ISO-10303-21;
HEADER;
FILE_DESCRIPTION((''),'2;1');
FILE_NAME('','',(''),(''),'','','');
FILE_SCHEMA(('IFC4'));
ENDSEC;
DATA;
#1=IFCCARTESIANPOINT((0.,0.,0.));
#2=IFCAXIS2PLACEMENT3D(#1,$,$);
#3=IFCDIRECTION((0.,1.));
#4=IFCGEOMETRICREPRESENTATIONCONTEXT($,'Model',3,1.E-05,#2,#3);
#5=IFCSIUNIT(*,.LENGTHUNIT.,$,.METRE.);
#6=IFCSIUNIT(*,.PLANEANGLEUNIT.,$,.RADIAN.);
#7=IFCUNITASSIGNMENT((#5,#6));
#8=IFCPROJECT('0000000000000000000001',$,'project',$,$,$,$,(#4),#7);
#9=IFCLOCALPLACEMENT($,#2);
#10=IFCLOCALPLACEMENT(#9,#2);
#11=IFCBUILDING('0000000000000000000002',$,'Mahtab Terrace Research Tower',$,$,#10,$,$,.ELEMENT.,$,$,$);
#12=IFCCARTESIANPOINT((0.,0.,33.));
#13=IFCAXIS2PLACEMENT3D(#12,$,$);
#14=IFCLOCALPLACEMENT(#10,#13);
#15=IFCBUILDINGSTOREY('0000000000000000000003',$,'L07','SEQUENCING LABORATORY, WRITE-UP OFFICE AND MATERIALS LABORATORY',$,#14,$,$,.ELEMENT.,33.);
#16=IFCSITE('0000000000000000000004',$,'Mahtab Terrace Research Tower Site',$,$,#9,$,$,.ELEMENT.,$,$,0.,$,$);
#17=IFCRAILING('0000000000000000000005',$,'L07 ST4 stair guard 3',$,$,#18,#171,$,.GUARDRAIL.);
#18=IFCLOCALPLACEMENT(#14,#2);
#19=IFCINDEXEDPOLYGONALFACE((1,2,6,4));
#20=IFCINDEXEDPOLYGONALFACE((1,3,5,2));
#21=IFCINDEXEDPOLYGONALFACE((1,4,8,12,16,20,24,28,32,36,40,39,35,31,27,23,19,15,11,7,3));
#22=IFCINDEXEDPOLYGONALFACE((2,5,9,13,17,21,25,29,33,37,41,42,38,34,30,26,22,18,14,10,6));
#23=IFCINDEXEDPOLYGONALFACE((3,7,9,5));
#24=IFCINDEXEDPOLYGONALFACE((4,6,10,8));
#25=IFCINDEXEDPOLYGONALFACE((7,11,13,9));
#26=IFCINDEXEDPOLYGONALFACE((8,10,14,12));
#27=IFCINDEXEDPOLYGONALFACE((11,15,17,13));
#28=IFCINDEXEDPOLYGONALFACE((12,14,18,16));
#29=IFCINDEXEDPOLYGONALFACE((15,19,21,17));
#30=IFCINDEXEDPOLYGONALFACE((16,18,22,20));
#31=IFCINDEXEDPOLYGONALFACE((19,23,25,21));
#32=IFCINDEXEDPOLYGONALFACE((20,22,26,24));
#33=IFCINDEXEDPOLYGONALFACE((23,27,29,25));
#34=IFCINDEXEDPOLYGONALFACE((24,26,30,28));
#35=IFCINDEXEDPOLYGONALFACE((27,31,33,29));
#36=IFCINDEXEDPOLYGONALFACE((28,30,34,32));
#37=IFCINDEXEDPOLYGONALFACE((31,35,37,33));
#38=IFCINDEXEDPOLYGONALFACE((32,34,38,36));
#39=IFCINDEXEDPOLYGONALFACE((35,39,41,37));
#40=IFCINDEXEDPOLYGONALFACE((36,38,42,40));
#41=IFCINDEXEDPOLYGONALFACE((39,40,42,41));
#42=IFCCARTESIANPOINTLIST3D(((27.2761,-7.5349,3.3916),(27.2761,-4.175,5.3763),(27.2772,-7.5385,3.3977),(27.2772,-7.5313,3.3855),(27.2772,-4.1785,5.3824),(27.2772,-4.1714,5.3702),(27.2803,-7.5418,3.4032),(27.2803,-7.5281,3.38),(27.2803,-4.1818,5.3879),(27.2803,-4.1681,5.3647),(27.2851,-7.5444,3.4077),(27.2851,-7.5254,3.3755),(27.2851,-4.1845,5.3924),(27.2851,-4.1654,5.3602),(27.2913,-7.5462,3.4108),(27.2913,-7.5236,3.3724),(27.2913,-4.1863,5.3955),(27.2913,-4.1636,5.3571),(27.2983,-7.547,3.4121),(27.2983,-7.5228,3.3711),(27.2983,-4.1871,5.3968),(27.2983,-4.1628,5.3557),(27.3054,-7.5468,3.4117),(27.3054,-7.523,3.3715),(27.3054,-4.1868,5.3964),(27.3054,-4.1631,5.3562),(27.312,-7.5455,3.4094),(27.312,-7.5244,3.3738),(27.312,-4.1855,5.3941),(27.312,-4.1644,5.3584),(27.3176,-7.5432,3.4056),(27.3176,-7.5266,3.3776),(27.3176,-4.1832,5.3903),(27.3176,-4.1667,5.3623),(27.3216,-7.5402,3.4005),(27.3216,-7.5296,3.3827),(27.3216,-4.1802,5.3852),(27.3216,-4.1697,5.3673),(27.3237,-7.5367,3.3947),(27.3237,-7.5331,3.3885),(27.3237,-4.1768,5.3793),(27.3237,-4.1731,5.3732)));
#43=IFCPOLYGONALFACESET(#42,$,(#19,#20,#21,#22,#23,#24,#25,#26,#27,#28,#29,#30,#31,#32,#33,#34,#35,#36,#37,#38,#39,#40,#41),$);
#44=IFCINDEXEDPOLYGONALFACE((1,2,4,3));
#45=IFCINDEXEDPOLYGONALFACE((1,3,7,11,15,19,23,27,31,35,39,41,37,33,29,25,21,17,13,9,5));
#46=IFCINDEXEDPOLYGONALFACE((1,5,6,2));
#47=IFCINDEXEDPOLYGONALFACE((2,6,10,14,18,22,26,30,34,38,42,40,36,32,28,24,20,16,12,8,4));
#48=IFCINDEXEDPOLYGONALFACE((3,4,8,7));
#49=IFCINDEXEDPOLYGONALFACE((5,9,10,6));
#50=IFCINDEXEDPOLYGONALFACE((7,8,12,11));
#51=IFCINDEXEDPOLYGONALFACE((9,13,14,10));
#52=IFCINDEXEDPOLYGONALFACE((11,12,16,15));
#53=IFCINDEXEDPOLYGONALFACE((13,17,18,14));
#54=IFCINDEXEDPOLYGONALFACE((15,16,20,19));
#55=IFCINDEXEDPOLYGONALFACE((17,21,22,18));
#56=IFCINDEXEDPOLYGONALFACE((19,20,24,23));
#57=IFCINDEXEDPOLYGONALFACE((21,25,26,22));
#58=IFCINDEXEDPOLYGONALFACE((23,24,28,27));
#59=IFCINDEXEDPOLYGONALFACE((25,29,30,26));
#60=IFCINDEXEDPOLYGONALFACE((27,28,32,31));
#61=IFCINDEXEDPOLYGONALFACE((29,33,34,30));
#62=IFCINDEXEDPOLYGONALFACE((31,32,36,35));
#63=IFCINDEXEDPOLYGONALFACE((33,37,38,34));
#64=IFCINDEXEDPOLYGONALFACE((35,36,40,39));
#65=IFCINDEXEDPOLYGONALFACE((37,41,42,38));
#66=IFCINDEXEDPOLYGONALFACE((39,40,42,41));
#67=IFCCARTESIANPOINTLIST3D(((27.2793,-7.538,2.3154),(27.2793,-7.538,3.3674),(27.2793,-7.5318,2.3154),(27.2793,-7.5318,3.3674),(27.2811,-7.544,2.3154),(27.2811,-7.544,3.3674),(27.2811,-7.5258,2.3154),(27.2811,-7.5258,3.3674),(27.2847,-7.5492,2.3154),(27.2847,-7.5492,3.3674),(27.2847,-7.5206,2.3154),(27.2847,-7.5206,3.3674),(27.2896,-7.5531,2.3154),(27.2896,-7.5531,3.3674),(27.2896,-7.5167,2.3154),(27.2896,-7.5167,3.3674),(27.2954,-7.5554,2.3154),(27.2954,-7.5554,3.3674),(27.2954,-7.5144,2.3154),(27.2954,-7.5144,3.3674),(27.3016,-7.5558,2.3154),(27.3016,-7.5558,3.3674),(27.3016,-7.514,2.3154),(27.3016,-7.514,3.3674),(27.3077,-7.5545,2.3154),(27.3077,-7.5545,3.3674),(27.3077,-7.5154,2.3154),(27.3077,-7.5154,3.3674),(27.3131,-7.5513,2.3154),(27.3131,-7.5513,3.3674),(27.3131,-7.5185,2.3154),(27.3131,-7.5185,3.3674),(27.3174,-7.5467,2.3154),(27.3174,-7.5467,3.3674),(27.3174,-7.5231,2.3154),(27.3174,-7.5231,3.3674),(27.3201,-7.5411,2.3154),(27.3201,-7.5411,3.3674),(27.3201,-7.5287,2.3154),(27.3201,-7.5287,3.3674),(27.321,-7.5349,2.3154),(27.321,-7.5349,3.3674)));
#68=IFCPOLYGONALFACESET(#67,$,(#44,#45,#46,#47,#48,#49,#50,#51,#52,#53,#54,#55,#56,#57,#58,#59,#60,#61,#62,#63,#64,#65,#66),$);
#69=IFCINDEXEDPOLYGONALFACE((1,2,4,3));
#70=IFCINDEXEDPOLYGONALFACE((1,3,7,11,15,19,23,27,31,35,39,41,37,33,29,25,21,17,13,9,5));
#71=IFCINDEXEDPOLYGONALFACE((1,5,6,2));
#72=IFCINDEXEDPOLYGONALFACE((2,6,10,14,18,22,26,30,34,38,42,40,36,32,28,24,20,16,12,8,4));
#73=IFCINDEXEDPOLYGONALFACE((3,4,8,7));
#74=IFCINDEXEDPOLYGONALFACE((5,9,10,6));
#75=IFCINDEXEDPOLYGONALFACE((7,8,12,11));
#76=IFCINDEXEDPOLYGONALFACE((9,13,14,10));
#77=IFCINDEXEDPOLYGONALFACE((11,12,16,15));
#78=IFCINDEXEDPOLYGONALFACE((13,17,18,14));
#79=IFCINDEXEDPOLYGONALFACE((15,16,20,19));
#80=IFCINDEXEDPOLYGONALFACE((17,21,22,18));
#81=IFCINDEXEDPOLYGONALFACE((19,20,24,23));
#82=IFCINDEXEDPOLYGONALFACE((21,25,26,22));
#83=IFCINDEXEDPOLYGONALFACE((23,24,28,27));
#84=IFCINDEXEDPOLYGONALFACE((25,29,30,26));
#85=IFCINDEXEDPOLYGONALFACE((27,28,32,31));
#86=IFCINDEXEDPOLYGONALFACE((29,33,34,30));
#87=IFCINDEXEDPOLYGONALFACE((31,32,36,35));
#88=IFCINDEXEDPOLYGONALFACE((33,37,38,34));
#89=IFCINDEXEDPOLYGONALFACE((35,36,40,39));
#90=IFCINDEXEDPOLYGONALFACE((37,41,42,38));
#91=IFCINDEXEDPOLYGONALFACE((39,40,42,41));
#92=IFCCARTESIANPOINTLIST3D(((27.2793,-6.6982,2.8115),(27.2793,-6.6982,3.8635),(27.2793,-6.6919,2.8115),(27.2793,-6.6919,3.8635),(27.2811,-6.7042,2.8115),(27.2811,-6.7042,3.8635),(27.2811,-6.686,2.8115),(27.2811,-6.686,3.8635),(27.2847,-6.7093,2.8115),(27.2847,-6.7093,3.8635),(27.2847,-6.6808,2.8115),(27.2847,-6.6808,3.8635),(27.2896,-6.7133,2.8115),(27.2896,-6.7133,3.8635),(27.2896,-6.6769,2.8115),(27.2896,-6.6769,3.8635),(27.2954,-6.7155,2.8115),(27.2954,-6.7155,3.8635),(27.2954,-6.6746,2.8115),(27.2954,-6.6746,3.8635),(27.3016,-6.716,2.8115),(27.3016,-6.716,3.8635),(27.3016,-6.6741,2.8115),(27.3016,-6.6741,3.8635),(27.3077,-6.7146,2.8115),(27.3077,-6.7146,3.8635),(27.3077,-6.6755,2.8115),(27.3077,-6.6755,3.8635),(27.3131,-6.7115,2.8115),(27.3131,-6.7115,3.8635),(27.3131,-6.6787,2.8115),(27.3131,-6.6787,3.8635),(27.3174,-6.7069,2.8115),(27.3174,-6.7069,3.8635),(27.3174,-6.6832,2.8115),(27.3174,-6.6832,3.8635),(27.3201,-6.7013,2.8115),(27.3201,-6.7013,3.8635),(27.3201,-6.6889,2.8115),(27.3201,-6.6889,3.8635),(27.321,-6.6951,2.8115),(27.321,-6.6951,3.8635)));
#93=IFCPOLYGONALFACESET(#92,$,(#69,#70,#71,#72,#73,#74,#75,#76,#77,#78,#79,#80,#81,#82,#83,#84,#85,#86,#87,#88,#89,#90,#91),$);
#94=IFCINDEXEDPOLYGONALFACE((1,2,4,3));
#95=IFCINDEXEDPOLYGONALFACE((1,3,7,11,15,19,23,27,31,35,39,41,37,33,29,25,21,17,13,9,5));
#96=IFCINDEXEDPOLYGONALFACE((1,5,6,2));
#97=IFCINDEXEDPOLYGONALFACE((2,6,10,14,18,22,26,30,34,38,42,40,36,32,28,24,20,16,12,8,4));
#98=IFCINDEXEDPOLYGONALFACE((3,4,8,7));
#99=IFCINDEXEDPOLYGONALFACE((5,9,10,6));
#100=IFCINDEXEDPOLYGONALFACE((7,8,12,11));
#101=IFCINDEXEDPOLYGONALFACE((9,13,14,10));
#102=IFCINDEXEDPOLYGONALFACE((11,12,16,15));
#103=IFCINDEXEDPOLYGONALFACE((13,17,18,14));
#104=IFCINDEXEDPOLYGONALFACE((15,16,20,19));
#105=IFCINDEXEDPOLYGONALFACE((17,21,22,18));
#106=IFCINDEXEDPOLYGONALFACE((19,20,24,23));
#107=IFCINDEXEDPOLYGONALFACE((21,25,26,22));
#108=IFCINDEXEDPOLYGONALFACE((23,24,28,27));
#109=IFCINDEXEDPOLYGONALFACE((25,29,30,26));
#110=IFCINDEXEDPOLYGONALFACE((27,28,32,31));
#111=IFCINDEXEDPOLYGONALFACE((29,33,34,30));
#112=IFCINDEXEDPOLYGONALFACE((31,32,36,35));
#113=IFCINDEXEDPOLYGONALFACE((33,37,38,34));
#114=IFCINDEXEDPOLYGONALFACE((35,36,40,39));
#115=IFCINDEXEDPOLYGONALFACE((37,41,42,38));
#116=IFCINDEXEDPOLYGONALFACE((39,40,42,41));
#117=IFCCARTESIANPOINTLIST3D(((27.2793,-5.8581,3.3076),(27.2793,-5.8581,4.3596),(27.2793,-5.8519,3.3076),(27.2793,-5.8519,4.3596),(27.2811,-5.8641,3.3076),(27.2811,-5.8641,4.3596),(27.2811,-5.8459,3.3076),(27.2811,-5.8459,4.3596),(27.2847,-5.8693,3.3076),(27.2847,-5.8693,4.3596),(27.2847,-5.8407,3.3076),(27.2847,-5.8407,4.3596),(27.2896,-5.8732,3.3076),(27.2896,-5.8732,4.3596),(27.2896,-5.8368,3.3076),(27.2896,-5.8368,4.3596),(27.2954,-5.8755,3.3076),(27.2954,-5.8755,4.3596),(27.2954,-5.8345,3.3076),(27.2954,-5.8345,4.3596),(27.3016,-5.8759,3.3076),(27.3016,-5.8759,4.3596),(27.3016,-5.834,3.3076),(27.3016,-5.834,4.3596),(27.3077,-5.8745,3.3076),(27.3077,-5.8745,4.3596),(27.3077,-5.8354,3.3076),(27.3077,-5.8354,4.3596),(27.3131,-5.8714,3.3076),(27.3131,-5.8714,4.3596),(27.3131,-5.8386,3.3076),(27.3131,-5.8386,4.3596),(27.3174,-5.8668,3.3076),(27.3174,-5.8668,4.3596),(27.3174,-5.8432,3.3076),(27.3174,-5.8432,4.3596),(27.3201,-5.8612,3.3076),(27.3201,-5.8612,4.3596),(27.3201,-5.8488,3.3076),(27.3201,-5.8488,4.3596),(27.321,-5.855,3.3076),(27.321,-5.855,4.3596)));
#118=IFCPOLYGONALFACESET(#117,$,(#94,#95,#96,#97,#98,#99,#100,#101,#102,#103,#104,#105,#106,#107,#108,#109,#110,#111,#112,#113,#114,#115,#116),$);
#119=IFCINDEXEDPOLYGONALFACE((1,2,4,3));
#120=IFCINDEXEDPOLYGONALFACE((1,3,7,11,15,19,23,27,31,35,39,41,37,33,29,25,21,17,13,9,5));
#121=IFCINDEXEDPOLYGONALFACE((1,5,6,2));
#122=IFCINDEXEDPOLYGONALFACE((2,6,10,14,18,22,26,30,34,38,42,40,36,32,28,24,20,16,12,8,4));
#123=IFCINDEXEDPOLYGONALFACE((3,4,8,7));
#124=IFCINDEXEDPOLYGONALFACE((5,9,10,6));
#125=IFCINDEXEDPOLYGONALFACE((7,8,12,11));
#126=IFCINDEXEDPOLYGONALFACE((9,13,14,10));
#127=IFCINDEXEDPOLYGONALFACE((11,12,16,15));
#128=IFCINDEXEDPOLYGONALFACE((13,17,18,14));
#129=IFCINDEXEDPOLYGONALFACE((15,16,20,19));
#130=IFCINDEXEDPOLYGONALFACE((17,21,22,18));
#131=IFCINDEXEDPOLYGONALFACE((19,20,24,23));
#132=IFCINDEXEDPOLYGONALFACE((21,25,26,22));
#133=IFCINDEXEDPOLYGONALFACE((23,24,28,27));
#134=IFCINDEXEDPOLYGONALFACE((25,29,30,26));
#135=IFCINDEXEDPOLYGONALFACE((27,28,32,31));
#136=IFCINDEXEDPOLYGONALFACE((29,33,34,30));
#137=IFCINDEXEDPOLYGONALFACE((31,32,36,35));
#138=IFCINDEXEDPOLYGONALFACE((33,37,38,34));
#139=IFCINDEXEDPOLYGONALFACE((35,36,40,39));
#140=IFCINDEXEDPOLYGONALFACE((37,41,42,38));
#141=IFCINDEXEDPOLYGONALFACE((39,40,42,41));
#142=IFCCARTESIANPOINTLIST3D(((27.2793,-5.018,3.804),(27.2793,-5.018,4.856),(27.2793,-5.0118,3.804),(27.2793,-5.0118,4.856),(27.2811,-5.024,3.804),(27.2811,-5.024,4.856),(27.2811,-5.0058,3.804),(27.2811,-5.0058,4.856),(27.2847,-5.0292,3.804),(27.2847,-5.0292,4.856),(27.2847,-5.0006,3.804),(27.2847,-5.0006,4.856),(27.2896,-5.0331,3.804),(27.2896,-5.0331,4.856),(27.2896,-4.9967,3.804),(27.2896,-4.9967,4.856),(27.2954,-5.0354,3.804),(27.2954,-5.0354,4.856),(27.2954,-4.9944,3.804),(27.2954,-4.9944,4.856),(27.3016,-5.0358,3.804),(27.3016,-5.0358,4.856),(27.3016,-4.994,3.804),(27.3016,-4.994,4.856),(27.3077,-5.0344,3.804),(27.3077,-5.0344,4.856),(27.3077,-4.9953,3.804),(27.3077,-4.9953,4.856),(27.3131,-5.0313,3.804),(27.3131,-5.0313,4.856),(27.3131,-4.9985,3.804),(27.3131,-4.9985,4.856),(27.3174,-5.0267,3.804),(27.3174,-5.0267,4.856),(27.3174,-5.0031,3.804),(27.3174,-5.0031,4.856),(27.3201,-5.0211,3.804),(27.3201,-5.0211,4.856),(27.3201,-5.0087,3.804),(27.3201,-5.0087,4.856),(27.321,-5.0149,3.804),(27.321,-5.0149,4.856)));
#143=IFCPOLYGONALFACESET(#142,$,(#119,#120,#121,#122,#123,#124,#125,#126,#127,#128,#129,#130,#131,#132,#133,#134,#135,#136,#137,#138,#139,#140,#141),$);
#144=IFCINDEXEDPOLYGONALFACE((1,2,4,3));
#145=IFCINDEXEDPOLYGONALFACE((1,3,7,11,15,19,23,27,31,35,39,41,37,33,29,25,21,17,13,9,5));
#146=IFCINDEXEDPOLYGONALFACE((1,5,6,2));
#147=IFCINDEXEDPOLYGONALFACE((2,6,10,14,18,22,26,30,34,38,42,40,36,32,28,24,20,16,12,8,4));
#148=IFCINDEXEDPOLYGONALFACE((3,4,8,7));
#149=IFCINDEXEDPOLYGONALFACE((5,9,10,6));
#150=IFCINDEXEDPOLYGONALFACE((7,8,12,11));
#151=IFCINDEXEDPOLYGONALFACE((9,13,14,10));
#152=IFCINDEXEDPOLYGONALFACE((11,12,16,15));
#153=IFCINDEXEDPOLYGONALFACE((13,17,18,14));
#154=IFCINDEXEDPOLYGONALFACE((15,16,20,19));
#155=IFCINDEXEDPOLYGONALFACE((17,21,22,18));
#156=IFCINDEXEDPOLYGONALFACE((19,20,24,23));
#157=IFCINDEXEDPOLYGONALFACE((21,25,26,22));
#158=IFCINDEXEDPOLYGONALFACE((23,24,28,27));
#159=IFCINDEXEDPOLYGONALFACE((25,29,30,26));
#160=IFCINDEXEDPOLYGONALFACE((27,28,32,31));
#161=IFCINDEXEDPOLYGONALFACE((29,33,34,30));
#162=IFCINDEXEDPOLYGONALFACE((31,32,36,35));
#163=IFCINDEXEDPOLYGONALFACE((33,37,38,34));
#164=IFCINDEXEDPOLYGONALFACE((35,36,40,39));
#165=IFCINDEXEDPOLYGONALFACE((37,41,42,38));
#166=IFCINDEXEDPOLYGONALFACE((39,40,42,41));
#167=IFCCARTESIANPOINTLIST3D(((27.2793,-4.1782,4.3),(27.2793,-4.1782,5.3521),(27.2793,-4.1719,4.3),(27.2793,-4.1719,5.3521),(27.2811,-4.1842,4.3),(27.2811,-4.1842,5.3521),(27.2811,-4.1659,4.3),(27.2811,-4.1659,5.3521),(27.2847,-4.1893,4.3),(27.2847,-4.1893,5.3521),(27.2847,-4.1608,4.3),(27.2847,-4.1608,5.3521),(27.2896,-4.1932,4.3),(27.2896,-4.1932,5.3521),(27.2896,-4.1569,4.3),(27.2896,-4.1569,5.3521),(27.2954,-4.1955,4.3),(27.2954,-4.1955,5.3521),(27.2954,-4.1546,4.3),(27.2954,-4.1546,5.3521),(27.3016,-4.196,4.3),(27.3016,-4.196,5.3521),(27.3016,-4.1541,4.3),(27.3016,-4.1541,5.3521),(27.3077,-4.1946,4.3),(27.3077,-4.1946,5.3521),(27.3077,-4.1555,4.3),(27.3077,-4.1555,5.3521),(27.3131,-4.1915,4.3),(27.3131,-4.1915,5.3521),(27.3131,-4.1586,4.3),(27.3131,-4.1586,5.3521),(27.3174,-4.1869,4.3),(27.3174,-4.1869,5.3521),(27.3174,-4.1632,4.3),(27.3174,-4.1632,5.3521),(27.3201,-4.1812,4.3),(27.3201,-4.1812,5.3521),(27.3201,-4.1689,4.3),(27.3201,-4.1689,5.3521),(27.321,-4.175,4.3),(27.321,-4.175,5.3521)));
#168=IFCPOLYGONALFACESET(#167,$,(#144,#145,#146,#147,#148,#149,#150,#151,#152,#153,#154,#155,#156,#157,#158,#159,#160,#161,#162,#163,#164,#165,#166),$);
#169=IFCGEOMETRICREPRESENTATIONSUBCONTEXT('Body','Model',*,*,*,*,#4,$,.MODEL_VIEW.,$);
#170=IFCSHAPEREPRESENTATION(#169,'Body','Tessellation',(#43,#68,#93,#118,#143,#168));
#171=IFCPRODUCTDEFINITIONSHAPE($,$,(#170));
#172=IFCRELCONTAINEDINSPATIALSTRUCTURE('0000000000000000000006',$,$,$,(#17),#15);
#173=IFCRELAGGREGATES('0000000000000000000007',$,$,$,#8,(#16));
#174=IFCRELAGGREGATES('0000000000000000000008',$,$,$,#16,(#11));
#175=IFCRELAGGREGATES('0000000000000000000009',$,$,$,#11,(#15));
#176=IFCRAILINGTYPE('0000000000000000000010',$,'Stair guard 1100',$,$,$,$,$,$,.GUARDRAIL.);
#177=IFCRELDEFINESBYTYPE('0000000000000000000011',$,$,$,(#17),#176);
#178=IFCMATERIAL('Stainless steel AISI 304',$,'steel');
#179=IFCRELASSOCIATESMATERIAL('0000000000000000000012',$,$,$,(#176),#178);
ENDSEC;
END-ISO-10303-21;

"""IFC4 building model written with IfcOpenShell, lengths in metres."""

from ifc_helpers import new_model, si_unit, direction, frame, origin, origin_2d, place, context, subcontext, project, spatial, circle, extrude, material, type_object, element, save


model = new_model("IFC4")

# Units and contexts
model_context = context("Model", 3, precision=1e-05, world=origin(), true_north=direction((0.0, 1.0)))
body_context = subcontext(model_context, "Body", "Model", "MODEL_VIEW")
ifc_project = project(units=[si_unit("LENGTHUNIT", "METRE"), si_unit("PLANEANGLEUNIT", "RADIAN")], contexts=[model_context])

# Site, building, storey
site_placement = place(None, origin())
site = spatial("IfcSite", under=ifc_project, at=site_placement, Name="Mahtab Terrace Research Tower Site", CompositionType="ELEMENT", RefElevation=0.0)
building_placement = place(site_placement, origin())
building = spatial("IfcBuilding", under=site, at=building_placement, Name="Mahtab Terrace Research Tower", CompositionType="ELEMENT")
storey_placement = place(building_placement, frame((0.0, 0.0, 33.0)))
storey = spatial("IfcBuildingStorey", under=building, at=storey_placement, Name="L07", Description="SEQUENCING LABORATORY, WRITE-UP OFFICE AND MATERIALS LABORATORY", CompositionType="ELEMENT", Elevation=33.0)

# Shared definitions
ifc_material_1 = material(Name="Stainless steel AISI 304", Category="steel")

# Railing
railing_type_1 = type_object("IfcRailingType", Name="Stair guard 1100", PredefinedType="GUARDRAIL", material=ifc_material_1)
railing_1_placement = place(storey_placement, frame((27.3, -7.5349, 2.3154)))
element("IfcRailing", 1, at=railing_1_placement, inside=storey, type_object=railing_type_1, Name="L07 ST4 stair guard 3", PredefinedType="GUARDRAIL", context=body_context, shape_type="SweptSolid", body=[
    extrude(circle(Radius=0.0239, at=origin_2d()), frame((0.0, 0.0, 1.0762), z_axis=(0.0, 0.861011, 0.508586), x_axis=(-1.0, 0.0, 0.0)), (0.0, 0.0, 1.0), 3.9023),
    extrude(circle(Radius=0.021, at=origin_2d()), origin(), (0.0, 0.0, 1.0), 1.052),
    extrude(circle(Radius=0.021, at=origin_2d()), frame((0.0, 0.8398, 0.4961)), (0.0, 0.0, 1.0), 1.052),
    extrude(circle(Radius=0.021, at=origin_2d()), frame((0.0, 1.6799, 0.9922)), (0.0, 0.0, 1.0), 1.052),
    extrude(circle(Radius=0.021, at=origin_2d()), frame((0.0, 2.52, 1.4885)), (0.0, 0.0, 1.0), 1.052),
    extrude(circle(Radius=0.021, at=origin_2d()), frame((0.0, 3.3599, 1.9846)), (0.0, 0.0, 1.0), 1.052),
])

save(model, "model.ifc")
